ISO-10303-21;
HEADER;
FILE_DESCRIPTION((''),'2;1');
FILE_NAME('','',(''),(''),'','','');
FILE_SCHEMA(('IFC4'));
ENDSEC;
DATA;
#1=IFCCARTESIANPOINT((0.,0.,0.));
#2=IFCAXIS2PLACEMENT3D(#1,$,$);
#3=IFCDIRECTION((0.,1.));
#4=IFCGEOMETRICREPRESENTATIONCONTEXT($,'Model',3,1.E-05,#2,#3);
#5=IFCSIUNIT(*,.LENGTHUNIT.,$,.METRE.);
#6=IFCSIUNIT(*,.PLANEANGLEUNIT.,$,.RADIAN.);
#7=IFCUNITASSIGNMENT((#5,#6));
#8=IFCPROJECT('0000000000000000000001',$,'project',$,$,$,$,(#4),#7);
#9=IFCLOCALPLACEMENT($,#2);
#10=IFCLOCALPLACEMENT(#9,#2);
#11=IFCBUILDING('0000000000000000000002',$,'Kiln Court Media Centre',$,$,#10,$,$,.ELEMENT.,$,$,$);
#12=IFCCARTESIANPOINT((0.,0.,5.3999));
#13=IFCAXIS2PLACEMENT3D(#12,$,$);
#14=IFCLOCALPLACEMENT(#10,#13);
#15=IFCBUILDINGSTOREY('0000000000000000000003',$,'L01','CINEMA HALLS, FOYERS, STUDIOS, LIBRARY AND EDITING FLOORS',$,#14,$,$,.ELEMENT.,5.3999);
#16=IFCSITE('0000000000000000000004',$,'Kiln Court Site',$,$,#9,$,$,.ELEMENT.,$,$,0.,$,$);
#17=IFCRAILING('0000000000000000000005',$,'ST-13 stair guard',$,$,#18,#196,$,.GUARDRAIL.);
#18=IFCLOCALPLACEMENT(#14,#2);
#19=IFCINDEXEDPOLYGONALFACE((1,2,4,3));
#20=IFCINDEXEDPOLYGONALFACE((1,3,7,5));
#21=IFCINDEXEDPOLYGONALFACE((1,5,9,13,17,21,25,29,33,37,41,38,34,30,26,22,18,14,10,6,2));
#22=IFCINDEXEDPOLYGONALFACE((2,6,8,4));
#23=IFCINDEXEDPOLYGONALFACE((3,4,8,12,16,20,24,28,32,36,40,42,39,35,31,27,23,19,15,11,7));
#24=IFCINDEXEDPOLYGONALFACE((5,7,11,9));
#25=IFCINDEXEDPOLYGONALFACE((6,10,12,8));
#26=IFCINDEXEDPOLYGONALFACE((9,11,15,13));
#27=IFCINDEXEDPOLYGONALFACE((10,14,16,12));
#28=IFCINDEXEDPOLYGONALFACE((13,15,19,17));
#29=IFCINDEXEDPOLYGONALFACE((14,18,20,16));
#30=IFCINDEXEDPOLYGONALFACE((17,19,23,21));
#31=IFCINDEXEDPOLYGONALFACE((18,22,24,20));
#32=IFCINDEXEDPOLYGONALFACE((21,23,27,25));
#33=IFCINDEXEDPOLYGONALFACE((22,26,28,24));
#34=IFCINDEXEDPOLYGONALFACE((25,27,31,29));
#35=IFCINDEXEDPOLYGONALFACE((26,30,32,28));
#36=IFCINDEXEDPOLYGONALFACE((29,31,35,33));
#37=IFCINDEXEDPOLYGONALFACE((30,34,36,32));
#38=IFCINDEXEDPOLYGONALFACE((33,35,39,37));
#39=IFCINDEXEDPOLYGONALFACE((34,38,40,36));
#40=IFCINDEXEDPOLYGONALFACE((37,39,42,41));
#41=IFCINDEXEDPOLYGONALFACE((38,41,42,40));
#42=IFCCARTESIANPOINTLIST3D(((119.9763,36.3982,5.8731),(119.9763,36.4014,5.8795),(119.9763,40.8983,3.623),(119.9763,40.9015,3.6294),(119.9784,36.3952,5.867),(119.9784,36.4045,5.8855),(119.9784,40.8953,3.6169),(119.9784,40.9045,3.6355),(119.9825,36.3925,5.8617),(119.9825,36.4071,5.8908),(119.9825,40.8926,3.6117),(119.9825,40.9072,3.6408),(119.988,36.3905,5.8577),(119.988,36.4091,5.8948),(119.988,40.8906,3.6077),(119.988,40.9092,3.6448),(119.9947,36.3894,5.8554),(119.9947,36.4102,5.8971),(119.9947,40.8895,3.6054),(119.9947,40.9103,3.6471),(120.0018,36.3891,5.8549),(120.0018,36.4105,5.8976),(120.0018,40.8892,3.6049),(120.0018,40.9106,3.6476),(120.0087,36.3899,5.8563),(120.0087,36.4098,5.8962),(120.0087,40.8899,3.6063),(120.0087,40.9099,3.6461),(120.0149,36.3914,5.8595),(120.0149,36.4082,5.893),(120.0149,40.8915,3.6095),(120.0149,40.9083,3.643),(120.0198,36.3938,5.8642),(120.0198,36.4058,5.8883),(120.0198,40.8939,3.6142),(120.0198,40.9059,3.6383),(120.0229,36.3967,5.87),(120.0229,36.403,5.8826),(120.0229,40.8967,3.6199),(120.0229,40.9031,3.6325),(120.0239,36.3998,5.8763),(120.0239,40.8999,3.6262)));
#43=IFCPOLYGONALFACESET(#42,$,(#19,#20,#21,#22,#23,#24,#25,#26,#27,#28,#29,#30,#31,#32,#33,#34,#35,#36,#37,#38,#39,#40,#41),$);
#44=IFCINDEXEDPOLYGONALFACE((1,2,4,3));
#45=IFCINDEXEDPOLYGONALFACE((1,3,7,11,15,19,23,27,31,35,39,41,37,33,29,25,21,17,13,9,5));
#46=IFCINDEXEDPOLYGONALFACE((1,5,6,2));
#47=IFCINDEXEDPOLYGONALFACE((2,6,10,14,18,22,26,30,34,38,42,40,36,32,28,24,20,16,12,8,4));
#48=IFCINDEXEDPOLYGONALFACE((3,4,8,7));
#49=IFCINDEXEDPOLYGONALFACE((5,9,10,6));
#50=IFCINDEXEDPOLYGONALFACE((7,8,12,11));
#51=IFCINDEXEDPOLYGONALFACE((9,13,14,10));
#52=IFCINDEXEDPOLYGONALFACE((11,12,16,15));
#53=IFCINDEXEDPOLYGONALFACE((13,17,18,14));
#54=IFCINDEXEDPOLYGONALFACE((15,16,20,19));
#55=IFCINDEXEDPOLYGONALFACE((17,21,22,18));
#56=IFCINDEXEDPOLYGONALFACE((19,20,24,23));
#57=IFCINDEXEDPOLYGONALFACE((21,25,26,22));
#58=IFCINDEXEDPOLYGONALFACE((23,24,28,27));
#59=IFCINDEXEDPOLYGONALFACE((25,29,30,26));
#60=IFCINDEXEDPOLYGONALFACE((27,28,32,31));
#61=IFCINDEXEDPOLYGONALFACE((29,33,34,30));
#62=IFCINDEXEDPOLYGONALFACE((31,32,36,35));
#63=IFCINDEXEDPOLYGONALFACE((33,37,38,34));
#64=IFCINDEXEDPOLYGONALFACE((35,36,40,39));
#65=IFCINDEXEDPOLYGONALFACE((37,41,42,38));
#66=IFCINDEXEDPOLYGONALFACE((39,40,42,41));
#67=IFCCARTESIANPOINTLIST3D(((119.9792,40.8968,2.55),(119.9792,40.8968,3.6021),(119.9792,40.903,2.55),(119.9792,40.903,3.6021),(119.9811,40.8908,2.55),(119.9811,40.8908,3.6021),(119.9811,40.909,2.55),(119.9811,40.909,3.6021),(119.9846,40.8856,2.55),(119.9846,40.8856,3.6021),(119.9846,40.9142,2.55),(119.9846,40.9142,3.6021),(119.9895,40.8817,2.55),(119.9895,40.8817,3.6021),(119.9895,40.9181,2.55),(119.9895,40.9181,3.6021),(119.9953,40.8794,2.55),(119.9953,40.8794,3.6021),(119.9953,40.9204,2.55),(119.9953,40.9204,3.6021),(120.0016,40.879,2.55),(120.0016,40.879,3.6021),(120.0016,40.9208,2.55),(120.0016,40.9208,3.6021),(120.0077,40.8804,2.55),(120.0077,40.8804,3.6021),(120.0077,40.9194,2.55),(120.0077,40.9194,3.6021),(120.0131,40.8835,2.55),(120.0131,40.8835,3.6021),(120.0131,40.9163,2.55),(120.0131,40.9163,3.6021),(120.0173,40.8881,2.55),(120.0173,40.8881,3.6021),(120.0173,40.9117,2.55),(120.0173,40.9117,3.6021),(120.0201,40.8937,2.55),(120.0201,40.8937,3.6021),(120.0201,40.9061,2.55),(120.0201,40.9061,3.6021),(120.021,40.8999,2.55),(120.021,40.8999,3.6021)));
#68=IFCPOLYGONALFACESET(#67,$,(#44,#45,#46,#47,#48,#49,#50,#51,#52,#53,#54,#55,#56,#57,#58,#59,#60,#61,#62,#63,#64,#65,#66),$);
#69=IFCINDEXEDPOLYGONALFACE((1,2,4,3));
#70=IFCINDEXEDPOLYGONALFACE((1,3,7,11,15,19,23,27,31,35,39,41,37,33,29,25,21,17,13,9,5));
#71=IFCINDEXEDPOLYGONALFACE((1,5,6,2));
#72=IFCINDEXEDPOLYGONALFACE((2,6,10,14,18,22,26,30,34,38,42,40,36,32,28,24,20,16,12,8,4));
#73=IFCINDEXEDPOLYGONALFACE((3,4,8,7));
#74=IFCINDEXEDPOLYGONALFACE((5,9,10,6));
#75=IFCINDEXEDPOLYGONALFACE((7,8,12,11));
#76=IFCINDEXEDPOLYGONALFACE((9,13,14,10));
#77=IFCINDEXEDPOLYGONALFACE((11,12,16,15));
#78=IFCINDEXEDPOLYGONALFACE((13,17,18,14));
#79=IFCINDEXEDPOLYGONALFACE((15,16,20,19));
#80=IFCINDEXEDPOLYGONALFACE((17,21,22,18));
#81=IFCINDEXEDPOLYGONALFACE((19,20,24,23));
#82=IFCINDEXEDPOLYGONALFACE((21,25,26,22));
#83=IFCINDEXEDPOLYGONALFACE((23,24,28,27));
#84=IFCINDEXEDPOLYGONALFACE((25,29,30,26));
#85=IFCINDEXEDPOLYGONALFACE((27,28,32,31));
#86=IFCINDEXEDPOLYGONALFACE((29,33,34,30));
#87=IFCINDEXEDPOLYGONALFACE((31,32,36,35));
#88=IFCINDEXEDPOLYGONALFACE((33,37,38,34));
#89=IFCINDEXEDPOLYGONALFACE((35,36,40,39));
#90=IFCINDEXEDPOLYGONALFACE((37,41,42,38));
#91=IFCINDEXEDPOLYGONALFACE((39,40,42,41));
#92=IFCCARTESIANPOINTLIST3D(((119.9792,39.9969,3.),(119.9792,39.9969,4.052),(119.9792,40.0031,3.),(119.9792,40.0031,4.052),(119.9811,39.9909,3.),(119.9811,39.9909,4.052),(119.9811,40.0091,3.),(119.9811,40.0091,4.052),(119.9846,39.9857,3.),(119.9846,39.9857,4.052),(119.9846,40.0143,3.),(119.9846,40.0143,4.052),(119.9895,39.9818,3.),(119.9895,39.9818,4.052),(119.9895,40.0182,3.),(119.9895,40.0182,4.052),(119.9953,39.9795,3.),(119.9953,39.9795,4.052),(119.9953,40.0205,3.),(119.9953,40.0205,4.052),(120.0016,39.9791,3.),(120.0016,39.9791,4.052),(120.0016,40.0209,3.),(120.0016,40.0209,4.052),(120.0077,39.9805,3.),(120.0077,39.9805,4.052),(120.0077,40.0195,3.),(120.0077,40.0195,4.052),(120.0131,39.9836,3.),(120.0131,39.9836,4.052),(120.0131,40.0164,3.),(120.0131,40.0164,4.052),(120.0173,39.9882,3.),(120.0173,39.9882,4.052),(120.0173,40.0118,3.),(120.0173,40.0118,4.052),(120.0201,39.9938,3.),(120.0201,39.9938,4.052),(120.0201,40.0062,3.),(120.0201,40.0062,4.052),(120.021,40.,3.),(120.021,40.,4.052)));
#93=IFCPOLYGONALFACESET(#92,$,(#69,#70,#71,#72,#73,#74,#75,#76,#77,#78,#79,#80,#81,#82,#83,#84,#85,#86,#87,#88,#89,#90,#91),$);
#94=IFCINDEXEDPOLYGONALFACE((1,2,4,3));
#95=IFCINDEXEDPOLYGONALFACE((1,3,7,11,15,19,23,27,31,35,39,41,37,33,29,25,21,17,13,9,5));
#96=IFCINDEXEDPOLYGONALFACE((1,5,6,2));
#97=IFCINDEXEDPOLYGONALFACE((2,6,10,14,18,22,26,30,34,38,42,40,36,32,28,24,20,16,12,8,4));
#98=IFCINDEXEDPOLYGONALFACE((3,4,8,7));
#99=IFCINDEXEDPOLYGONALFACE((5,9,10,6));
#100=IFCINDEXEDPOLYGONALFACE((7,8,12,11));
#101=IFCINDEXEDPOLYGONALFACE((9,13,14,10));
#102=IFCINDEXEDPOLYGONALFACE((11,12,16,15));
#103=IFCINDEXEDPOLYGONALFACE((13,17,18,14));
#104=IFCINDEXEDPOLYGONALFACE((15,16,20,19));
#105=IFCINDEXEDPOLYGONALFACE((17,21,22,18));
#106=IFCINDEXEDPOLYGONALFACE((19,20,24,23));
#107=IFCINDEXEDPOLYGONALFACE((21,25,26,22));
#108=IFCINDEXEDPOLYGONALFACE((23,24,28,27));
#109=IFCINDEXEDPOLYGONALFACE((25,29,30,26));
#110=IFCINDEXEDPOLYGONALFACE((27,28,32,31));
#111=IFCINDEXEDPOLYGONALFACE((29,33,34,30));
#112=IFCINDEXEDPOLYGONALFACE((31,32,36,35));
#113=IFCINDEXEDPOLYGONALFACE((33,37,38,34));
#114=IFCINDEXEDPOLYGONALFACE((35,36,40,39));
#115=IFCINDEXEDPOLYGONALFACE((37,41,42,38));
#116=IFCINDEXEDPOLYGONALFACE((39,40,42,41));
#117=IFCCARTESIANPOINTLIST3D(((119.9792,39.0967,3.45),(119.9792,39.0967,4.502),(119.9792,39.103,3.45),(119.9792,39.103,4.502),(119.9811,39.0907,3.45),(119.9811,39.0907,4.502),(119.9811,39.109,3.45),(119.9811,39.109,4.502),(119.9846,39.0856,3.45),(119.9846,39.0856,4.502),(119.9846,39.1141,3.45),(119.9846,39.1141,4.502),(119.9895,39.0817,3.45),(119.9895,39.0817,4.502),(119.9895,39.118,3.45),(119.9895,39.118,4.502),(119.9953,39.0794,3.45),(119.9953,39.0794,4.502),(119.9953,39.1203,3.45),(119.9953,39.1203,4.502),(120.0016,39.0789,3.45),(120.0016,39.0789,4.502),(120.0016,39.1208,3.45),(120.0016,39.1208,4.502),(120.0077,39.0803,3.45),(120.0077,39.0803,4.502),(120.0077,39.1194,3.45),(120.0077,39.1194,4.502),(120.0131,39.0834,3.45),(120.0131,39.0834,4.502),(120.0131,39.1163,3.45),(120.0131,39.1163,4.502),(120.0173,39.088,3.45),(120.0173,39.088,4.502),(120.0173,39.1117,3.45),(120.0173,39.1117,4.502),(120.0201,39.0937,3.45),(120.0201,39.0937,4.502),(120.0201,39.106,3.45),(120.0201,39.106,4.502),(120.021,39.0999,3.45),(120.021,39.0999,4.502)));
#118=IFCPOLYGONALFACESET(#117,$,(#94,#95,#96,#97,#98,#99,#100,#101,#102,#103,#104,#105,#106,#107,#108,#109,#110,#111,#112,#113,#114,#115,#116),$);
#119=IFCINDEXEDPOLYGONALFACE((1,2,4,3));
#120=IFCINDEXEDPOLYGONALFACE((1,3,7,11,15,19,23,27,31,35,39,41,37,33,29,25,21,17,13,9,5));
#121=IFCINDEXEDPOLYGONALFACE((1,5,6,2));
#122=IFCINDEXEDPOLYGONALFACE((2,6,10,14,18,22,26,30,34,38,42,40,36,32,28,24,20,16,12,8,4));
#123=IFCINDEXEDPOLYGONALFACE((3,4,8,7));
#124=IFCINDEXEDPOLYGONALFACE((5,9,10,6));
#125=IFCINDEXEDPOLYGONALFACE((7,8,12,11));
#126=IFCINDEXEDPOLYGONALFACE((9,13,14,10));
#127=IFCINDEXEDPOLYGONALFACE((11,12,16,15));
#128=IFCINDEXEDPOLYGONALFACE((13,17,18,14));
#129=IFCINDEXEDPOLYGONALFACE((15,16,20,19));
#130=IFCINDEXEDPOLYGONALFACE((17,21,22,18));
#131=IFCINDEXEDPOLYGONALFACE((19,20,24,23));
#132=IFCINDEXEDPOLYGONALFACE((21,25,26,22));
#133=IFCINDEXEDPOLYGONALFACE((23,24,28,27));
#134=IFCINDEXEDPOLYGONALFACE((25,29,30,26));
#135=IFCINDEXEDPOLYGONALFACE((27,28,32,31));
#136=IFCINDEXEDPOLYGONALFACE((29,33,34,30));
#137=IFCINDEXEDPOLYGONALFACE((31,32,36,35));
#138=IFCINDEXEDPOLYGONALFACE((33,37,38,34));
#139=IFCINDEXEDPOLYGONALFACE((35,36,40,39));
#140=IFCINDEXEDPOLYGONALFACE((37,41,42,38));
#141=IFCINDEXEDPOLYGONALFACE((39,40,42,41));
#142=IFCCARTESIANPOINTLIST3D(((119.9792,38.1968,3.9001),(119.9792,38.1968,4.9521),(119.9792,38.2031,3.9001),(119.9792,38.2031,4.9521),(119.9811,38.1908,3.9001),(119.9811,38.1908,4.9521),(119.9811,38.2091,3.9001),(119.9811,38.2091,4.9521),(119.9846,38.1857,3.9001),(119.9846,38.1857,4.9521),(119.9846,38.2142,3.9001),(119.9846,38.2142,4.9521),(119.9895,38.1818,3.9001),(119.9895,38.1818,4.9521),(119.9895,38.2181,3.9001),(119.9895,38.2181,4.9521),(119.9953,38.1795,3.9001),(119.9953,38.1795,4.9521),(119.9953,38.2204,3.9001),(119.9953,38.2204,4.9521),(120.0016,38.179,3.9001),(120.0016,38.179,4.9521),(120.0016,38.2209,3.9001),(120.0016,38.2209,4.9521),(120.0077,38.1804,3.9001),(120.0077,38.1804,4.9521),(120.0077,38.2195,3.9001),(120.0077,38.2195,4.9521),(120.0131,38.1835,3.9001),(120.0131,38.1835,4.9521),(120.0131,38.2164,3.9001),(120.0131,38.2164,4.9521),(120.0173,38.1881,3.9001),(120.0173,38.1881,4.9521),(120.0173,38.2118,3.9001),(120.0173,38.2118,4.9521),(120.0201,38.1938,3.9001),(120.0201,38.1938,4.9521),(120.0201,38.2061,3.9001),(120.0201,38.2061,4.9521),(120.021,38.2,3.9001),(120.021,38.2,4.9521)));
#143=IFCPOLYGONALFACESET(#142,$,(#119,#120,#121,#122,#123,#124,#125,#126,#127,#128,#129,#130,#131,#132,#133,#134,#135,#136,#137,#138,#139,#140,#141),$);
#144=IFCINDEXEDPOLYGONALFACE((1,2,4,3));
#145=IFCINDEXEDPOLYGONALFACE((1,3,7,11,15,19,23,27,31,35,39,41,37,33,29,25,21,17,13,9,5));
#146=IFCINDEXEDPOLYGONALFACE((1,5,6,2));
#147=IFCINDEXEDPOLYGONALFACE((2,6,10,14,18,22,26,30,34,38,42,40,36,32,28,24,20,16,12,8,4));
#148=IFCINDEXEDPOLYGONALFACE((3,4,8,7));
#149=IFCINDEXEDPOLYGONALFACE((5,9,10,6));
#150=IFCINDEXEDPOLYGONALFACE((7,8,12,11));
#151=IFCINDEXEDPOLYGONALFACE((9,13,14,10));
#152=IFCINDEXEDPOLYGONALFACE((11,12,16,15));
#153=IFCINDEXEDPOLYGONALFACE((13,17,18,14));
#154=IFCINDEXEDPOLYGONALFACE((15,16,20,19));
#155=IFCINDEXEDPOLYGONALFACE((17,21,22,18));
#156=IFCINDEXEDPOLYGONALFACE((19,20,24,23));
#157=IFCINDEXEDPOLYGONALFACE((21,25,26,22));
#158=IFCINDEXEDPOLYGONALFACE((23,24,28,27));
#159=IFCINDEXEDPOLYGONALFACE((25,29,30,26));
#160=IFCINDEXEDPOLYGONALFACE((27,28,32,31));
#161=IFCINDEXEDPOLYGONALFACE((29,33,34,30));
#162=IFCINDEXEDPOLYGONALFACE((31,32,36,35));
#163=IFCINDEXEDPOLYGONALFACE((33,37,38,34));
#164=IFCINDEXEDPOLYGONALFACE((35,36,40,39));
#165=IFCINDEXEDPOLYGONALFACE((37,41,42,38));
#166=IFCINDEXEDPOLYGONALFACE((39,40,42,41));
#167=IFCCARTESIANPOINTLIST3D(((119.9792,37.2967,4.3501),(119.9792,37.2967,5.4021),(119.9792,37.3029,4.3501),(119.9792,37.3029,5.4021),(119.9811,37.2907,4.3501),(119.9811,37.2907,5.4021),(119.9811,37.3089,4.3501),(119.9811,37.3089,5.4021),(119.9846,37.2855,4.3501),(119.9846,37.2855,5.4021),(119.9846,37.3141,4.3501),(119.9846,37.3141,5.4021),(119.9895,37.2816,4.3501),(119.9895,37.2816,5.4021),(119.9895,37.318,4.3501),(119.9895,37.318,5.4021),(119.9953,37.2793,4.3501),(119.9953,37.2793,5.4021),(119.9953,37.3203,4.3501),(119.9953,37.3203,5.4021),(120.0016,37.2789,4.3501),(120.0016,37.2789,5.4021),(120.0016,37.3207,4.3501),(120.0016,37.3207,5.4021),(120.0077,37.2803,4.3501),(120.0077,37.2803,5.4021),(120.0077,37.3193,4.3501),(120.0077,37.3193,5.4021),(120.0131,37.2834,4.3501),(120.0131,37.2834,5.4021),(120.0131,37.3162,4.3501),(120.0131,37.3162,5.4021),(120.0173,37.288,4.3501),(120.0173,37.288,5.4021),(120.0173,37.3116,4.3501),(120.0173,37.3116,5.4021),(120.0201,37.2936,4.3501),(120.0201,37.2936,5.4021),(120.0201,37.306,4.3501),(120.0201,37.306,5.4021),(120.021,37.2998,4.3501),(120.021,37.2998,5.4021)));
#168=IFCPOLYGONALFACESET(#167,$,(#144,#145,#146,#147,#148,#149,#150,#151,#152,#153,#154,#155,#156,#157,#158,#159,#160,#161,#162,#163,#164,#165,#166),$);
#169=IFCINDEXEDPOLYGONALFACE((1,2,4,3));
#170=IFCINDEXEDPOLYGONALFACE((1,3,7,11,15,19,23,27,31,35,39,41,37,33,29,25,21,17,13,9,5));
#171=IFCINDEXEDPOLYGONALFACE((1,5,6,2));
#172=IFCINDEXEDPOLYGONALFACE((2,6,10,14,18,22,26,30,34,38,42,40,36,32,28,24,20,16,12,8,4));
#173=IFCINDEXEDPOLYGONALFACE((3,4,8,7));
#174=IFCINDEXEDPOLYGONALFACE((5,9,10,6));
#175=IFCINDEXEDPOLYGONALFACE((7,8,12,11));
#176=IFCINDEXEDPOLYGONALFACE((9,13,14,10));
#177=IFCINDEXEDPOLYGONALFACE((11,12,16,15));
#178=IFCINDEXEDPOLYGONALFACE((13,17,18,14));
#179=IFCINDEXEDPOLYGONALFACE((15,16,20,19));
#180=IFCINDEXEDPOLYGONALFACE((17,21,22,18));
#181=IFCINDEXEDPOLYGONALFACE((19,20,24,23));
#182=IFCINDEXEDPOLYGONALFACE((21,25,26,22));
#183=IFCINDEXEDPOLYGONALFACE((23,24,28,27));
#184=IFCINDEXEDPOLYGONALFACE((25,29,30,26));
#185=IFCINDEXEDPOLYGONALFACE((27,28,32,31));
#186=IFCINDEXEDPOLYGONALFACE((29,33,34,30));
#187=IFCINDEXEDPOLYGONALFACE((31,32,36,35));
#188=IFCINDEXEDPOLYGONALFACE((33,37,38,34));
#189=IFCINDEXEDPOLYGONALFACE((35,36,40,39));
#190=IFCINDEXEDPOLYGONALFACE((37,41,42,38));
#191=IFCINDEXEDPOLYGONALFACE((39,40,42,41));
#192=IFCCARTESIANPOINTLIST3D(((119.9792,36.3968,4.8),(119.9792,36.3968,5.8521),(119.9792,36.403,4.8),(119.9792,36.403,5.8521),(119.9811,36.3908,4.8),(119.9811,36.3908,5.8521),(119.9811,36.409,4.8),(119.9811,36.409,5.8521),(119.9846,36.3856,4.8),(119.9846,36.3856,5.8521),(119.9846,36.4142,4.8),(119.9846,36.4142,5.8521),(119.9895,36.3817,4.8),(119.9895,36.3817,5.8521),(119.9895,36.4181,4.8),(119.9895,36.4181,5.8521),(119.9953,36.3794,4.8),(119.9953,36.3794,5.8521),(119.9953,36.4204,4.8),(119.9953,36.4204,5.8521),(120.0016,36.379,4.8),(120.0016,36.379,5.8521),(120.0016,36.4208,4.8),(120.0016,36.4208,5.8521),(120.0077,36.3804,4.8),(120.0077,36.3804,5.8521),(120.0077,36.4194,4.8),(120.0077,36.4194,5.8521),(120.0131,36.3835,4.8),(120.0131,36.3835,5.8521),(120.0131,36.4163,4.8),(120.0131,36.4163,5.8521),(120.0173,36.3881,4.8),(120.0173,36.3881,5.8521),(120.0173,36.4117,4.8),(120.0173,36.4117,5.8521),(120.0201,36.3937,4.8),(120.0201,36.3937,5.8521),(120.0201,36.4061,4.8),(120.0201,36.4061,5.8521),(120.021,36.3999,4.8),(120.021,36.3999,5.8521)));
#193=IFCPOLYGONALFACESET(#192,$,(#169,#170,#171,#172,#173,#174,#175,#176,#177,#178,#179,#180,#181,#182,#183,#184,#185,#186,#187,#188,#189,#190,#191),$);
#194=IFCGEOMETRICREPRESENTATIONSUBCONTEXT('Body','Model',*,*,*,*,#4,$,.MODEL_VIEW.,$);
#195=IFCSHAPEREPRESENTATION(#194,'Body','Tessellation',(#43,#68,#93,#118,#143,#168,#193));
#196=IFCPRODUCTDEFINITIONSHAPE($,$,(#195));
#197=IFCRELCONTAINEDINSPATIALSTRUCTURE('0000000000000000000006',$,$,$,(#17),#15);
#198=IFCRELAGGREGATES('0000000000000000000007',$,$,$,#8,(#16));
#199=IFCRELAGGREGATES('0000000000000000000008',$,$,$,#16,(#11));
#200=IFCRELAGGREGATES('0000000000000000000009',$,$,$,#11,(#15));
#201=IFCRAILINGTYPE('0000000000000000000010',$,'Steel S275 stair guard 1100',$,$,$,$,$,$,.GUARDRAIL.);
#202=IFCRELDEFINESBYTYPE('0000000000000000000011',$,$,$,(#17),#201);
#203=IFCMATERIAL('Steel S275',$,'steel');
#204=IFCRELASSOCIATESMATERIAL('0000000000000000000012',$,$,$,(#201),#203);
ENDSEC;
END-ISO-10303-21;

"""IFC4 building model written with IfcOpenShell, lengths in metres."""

from ifc_helpers import new_model, si_unit, direction, frame, origin, origin_2d, place, context, subcontext, project, spatial, circle, extrude, material, type_object, element, save


model = new_model("IFC4")

# Units and contexts
model_context = context("Model", 3, precision=1e-05, world=origin(), true_north=direction((0.0, 1.0)))
body_context = subcontext(model_context, "Body", "Model", "MODEL_VIEW")
ifc_project = project(units=[si_unit("LENGTHUNIT", "METRE"), si_unit("PLANEANGLEUNIT", "RADIAN")], contexts=[model_context])

# Site, building, storey
site_placement = place(None, origin())
site = spatial("IfcSite", under=ifc_project, at=site_placement, Name="Kiln Court Site", CompositionType="ELEMENT", RefElevation=0.0)
building_placement = place(site_placement, origin())
building = spatial("IfcBuilding", under=site, at=building_placement, Name="Kiln Court Media Centre", CompositionType="ELEMENT")
storey_placement = place(building_placement, frame((0.0, 0.0, 5.3999)))
storey = spatial("IfcBuildingStorey", under=building, at=storey_placement, Name="L01", Description="CINEMA HALLS, FOYERS, STUDIOS, LIBRARY AND EDITING FLOORS", CompositionType="ELEMENT", Elevation=5.3999)

# Railing
ifc_material_1 = material(Name="Steel S275", Category="steel")
railing_type_1 = type_object("IfcRailingType", Name="Steel S275 stair guard 1100", PredefinedType="GUARDRAIL", material=ifc_material_1)
railing_1_placement = place(storey_placement, frame((120.0, 40.8999, 2.55)))
element("IfcRailing", 1, at=railing_1_placement, inside=storey, type_object=railing_type_1, Name="ST-13 stair guard", PredefinedType="GUARDRAIL", context=body_context, shape_type="SweptSolid", body=[
    extrude(circle(Radius=0.0239, at=origin_2d()), frame((0.0, 0.0, 1.0762), z_axis=(0.0, -0.894427, 0.447214), x_axis=(1.0, 0.0, 0.0)), (0.0, 0.0, 1.0), 5.0312),
    extrude(circle(Radius=0.021, at=origin_2d()), origin(), (0.0, 0.0, 1.0), 1.052),
    extrude(circle(Radius=0.021, at=origin_2d()), frame((0.0, -0.8999, 0.45)), (0.0, 0.0, 1.0), 1.052),
    extrude(circle(Radius=0.021, at=origin_2d()), frame((0.0, -1.8, 0.8999)), (0.0, 0.0, 1.0), 1.052),
    extrude(circle(Radius=0.021, at=origin_2d()), frame((0.0, -2.7, 1.3501)), (0.0, 0.0, 1.0), 1.052),
    extrude(circle(Radius=0.021, at=origin_2d()), frame((0.0, -3.6001, 1.8)), (0.0, 0.0, 1.0), 1.052),
    extrude(circle(Radius=0.021, at=origin_2d()), frame((0.0, -4.5, 2.25)), (0.0, 0.0, 1.0), 1.052),
])

save(model, "model.ifc")
